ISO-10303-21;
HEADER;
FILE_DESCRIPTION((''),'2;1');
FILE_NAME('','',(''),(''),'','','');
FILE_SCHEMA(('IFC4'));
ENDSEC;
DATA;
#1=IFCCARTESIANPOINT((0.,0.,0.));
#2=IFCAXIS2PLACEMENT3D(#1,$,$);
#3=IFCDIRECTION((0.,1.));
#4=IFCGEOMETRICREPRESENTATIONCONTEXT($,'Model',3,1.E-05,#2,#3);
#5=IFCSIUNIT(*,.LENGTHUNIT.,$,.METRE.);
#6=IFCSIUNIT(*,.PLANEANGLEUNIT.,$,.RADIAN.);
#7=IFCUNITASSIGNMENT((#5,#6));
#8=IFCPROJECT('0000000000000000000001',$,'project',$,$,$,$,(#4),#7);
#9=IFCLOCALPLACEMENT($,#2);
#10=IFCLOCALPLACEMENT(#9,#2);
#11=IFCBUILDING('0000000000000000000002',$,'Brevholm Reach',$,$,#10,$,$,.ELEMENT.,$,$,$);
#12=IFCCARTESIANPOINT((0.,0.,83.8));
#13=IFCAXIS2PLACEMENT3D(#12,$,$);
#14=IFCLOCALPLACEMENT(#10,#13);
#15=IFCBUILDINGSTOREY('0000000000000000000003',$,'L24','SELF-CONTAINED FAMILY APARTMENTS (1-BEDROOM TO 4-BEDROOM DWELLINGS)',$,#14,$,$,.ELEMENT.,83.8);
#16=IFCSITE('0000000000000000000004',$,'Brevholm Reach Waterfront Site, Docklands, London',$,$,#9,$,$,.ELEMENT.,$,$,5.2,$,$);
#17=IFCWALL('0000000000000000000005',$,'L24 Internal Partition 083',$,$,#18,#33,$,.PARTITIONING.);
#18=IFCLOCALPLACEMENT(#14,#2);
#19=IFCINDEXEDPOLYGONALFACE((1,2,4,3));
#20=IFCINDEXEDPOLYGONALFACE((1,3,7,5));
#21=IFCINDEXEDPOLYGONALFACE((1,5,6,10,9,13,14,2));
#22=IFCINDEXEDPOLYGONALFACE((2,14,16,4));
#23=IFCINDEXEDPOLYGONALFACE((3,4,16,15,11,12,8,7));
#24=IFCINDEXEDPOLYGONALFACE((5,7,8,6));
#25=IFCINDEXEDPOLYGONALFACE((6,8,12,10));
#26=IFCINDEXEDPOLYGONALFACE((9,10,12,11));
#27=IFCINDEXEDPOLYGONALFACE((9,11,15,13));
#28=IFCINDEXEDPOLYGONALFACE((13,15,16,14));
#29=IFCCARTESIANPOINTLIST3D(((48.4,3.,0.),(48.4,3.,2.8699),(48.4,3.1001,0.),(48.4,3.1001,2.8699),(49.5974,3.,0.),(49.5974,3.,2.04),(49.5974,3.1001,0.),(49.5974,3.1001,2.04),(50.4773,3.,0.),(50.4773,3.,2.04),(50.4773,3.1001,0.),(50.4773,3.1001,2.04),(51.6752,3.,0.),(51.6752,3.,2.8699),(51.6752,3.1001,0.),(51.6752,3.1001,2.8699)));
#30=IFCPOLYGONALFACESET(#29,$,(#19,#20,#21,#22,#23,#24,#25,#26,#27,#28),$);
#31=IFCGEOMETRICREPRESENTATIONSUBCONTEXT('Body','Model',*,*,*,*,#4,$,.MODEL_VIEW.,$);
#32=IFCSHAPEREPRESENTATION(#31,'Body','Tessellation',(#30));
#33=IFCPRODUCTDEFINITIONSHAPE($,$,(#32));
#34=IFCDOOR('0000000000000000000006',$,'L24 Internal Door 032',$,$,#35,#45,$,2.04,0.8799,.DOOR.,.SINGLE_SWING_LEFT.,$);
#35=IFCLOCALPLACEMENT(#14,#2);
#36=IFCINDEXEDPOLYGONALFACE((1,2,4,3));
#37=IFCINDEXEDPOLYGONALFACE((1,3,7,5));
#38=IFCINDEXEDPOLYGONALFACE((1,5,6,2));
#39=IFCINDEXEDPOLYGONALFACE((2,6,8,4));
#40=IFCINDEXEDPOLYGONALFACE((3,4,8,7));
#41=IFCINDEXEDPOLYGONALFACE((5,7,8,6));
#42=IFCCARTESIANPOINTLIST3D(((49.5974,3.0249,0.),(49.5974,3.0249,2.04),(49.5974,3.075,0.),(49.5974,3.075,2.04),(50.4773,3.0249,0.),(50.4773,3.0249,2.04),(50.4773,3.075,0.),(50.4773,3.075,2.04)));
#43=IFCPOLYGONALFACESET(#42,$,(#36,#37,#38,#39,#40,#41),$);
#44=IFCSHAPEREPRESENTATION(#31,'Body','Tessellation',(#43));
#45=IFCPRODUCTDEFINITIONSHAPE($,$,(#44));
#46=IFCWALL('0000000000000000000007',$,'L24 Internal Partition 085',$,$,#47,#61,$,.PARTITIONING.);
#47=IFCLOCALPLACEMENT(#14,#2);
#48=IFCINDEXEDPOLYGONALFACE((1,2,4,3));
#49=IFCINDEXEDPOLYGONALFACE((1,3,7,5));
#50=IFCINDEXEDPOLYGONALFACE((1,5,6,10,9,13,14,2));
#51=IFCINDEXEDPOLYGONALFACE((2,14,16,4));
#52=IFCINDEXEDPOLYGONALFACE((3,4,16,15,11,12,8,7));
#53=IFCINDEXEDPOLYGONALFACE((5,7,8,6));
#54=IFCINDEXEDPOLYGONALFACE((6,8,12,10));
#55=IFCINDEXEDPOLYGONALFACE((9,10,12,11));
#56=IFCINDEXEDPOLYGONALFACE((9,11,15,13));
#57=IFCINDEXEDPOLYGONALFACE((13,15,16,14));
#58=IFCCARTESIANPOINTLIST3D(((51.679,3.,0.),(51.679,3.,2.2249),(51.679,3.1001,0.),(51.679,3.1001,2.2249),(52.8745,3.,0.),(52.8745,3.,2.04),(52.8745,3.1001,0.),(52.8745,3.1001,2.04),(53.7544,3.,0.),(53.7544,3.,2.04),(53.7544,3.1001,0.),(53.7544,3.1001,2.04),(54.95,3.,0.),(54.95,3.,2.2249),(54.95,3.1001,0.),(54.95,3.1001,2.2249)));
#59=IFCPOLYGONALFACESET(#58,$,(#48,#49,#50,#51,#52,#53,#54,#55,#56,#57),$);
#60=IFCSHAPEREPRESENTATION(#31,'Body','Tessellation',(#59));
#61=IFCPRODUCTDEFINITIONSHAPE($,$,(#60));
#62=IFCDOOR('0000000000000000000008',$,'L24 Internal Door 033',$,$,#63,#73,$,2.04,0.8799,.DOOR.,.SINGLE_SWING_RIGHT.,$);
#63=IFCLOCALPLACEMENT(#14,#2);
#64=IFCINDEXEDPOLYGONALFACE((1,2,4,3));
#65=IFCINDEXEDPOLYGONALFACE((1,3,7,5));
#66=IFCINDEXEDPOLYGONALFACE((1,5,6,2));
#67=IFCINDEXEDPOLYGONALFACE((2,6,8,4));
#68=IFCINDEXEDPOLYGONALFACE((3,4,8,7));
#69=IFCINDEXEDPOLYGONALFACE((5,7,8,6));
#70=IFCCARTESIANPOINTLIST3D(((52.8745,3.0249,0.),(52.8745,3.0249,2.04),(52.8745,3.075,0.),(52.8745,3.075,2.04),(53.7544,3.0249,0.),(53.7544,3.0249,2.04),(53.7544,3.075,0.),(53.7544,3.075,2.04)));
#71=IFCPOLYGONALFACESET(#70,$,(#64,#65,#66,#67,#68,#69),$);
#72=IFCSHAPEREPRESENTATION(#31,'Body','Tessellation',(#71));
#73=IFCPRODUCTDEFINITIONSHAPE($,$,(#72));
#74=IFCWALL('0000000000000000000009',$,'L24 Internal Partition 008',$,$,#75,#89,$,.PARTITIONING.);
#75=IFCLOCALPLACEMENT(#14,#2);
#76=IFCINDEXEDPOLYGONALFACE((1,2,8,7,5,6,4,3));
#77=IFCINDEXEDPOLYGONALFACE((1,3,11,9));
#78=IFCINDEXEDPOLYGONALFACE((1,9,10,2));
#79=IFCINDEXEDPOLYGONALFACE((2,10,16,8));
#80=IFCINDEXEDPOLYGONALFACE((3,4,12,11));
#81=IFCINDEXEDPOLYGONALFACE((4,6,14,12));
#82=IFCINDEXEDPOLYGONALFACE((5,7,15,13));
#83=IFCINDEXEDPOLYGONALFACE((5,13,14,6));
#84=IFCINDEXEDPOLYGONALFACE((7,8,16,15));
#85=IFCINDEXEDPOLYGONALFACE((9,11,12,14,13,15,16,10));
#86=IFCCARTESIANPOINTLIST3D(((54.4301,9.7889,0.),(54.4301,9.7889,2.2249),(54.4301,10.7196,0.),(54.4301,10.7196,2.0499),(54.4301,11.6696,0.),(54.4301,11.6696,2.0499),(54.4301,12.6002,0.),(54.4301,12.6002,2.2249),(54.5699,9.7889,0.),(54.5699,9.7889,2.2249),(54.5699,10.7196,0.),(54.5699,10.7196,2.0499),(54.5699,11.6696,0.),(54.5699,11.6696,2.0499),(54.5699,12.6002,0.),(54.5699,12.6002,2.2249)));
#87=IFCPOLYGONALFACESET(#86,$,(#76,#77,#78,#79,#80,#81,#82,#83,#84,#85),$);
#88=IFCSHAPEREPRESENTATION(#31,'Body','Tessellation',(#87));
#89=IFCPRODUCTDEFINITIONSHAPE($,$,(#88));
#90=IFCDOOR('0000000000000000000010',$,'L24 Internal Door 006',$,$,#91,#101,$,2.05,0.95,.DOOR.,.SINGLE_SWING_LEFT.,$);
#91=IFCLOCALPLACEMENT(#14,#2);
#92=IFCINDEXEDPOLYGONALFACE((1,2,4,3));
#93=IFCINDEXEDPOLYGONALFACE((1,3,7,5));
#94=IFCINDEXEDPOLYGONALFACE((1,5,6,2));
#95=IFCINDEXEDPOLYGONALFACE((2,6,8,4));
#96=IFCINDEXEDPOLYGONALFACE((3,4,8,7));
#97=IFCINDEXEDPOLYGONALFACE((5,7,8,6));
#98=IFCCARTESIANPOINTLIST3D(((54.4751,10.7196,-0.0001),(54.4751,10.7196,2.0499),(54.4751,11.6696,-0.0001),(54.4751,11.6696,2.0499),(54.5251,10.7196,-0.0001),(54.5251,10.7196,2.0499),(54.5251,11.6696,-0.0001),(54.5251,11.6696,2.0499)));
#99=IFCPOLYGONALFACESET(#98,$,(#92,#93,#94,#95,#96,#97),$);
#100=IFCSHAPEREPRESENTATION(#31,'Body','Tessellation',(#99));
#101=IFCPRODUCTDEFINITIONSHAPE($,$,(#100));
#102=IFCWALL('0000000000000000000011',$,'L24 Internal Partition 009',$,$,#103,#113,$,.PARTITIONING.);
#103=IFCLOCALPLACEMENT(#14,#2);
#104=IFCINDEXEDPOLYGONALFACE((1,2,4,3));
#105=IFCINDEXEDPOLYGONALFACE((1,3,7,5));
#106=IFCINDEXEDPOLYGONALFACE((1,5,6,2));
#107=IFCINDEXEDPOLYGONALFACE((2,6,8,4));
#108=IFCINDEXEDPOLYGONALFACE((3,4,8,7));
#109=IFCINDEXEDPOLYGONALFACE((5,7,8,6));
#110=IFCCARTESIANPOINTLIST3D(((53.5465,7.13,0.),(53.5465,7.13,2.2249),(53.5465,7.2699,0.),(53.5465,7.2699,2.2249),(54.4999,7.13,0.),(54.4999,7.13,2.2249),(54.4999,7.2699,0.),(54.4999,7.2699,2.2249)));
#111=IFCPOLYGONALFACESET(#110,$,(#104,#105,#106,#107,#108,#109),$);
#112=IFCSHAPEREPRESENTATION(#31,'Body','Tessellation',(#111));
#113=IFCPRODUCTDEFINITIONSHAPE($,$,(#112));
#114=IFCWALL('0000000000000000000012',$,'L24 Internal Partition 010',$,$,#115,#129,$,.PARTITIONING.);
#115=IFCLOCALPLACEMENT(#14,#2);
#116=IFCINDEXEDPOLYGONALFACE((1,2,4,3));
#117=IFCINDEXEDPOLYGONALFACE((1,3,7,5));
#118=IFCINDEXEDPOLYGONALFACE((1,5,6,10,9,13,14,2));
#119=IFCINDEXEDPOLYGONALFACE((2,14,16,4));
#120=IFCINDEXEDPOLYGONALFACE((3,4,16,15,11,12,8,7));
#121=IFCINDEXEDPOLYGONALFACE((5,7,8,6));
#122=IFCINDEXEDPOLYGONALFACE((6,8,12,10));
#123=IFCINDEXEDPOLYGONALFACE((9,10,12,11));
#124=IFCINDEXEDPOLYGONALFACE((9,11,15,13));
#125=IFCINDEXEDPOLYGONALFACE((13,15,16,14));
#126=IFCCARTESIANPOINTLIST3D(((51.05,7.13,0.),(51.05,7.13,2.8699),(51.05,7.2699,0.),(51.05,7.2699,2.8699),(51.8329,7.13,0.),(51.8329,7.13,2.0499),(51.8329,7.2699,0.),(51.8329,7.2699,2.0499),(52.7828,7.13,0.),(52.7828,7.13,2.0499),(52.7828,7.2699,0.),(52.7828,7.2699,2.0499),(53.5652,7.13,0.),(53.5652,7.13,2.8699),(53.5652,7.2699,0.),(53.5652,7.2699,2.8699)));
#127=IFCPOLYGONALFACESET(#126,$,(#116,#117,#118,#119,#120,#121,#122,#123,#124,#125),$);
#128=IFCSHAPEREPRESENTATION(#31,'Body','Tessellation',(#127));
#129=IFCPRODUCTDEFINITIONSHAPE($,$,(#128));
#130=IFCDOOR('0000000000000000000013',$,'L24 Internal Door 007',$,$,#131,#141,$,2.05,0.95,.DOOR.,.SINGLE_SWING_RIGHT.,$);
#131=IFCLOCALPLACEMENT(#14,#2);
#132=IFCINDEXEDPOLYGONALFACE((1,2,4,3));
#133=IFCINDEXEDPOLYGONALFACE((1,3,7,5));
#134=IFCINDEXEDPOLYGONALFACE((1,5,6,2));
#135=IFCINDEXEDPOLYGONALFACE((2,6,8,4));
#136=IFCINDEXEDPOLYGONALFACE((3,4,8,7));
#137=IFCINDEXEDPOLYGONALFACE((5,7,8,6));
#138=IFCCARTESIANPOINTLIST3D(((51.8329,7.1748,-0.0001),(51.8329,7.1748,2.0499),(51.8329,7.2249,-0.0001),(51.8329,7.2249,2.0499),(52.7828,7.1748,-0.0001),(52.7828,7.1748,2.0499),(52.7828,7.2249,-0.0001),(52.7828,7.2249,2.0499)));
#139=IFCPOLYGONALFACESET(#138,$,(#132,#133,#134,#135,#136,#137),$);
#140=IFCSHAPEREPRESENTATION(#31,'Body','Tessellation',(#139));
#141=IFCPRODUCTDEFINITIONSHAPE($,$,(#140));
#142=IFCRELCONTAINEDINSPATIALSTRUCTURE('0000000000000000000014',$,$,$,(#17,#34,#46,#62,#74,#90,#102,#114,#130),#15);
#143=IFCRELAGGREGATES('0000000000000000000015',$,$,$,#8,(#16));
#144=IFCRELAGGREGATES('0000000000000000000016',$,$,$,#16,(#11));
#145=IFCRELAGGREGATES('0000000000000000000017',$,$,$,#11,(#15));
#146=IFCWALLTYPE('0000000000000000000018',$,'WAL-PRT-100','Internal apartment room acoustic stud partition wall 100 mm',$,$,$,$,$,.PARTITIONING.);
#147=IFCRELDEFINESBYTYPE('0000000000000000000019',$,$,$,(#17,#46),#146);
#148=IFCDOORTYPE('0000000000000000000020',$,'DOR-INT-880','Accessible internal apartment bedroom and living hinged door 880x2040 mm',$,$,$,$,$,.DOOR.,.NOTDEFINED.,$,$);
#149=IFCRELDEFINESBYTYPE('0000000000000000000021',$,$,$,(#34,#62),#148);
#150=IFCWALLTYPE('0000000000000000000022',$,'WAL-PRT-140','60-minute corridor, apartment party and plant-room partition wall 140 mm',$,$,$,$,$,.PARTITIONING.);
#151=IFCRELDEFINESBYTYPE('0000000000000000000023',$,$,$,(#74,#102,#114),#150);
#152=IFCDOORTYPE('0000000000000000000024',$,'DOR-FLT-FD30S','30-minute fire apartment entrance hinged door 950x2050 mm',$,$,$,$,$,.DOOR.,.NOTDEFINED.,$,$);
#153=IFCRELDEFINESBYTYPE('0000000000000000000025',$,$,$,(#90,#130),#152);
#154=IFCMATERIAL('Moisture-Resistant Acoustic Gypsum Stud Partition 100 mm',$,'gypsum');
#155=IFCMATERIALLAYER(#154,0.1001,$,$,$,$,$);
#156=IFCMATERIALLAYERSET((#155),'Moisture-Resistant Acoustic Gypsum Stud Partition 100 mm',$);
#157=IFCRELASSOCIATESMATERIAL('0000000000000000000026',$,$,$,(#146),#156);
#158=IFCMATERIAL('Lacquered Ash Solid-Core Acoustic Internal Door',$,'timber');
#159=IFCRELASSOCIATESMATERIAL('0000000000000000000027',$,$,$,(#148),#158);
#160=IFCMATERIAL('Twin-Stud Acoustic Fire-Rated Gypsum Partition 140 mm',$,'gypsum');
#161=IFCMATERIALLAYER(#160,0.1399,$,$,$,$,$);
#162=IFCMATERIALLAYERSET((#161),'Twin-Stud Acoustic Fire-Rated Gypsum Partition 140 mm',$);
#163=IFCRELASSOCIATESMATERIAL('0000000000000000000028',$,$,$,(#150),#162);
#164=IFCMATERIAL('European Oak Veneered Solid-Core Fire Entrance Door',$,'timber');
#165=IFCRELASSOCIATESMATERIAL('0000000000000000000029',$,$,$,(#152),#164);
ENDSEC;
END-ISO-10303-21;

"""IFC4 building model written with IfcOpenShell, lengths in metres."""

from ifc_helpers import new_model, si_unit, direction, frame, frame_2d, origin, place, context, subcontext, project, spatial, rectangle, extrude, material, layer, layer_set, type_object, element, fill, save


model = new_model("IFC4")

# Units and contexts
model_context = context("Model", 3, precision=1e-05, world=origin(), true_north=direction((0.0, 1.0)))
body_context = subcontext(model_context, "Body", "Model", "MODEL_VIEW")
ifc_project = project(units=[si_unit("LENGTHUNIT", "METRE"), si_unit("PLANEANGLEUNIT", "RADIAN")], contexts=[model_context])

# Site, building, storey
site_placement = place(None, origin())
site = spatial("IfcSite", under=ifc_project, at=site_placement, Name="Brevholm Reach Waterfront Site, Docklands, London", CompositionType="ELEMENT", RefElevation=5.2)
building_placement = place(site_placement, origin())
building = spatial("IfcBuilding", under=site, at=building_placement, Name="Brevholm Reach", CompositionType="ELEMENT")
storey_placement = place(building_placement, frame((0.0, 0.0, 83.8)))
storey = spatial("IfcBuildingStorey", under=building, at=storey_placement, Name="L24", Description="SELF-CONTAINED FAMILY APARTMENTS (1-BEDROOM TO 4-BEDROOM DWELLINGS)", CompositionType="ELEMENT", Elevation=83.8)

# Shared definitions
ifc_material_1 = material(Name="Moisture-Resistant Acoustic Gypsum Stud Partition 100 mm", Category="gypsum")
ifc_layer_1 = layer(ifc_material_1, 0.1001)
ifc_layer_set_1 = layer_set([ifc_layer_1], Name="Moisture-Resistant Acoustic Gypsum Stud Partition 100 mm")
wall_type_1 = type_object("IfcWallType", Name="WAL-PRT-100", Description="Internal apartment room acoustic stud partition wall 100 mm", PredefinedType="PARTITIONING", material=ifc_layer_set_1)
ifc_material_2 = material(Name="Lacquered Ash Solid-Core Acoustic Internal Door", Category="timber")
door_type_1 = type_object("IfcDoorType", Name="DOR-INT-880", Description="Accessible internal apartment bedroom and living hinged door 880x2040 mm", OperationType="NOTDEFINED", PredefinedType="DOOR", material=ifc_material_2)

# Walls, openings, doors
wall_1_placement = place(storey_placement, frame((48.3999, 3.05, 0.0), z_axis=(0.0, 0.0, 1.0), x_axis=(1.0, 0.0, 0.0)))
wall_1 = element("IfcWall", 1, at=wall_1_placement, inside=storey, type_object=wall_type_1, Name="L24 Internal Partition 083", PredefinedType="PARTITIONING", context=body_context, shape_type="SweptSolid", body=[
    extrude(rectangle(XDim=3.2751, YDim=0.1001, at=frame_2d((1.6377, 0.0))), origin(), (0.0, 0.0, 1.0), 2.8699),
])
opening_1_placement = place(wall_1_placement, frame((1.1975, 0.0, 0.0)))
opening_1 = element("IfcOpeningElement", 2, at=opening_1_placement, cuts=wall_1, PredefinedType="OPENING", context=body_context, shape_type="SweptSolid", body=[
    extrude(rectangle(XDim=0.8799, YDim=2.04, at=frame_2d((0.4399, 1.02))), frame((0.0, 0.0601, 0.0), z_axis=(0.0, -1.0, 0.0), x_axis=(1.0, 0.0, 0.0)), (0.0, 0.0, 1.0), 0.1201),
])
door_1_placement = place(opening_1_placement, origin())
door_1 = element("IfcDoor", 3, at=door_1_placement, inside=storey, type_object=door_type_1, Name="L24 Internal Door 032", OperationType="SINGLE_SWING_LEFT", OverallHeight=2.04, OverallWidth=0.8799, PredefinedType="DOOR", context=body_context, shape_type="SweptSolid", body=[
    extrude(rectangle(XDim=0.8799, YDim=2.04, at=frame_2d((0.4399, 1.02))), frame((0.0, 0.0249, 0.0), z_axis=(0.0, -1.0, 0.0), x_axis=(1.0, 0.0, 0.0)), (0.0, 0.0, 1.0), 0.05),
])
fill(opening_1, door_1)
wall_2_placement = place(storey_placement, frame((51.679, 3.05, 0.0), z_axis=(0.0, 0.0, 1.0), x_axis=(1.0, 0.0, 0.0)))
wall_2 = element("IfcWall", 4, at=wall_2_placement, inside=storey, type_object=wall_type_1, Name="L24 Internal Partition 085", PredefinedType="PARTITIONING", context=body_context, shape_type="SweptSolid", body=[
    extrude(rectangle(XDim=3.271, YDim=0.1001, at=frame_2d((1.6355, 0.0))), origin(), (0.0, 0.0, 1.0), 2.2249),
])
opening_2_placement = place(wall_2_placement, frame((1.1956, 0.0, 0.0)))
opening_2 = element("IfcOpeningElement", 5, at=opening_2_placement, cuts=wall_2, PredefinedType="OPENING", context=body_context, shape_type="SweptSolid", body=[
    extrude(rectangle(XDim=0.8799, YDim=2.04, at=frame_2d((0.4399, 1.02))), frame((0.0, 0.0601, 0.0), z_axis=(0.0, -1.0, 0.0), x_axis=(1.0, 0.0, 0.0)), (0.0, 0.0, 1.0), 0.1201),
])
door_2_placement = place(opening_2_placement, origin())
door_2 = element("IfcDoor", 6, at=door_2_placement, inside=storey, type_object=door_type_1, Name="L24 Internal Door 033", OperationType="SINGLE_SWING_RIGHT", OverallHeight=2.04, OverallWidth=0.8799, PredefinedType="DOOR", context=body_context, shape_type="SweptSolid", body=[
    extrude(rectangle(XDim=0.8799, YDim=2.04, at=frame_2d((0.4399, 1.02))), frame((0.0, 0.0249, 0.0), z_axis=(0.0, -1.0, 0.0), x_axis=(1.0, 0.0, 0.0)), (0.0, 0.0, 1.0), 0.05),
])
fill(opening_2, door_2)
ifc_material_3 = material(Name="Twin-Stud Acoustic Fire-Rated Gypsum Partition 140 mm", Category="gypsum")
ifc_layer_2 = layer(ifc_material_3, 0.1399)
ifc_layer_set_2 = layer_set([ifc_layer_2], Name="Twin-Stud Acoustic Fire-Rated Gypsum Partition 140 mm")
wall_type_2 = type_object("IfcWallType", Name="WAL-PRT-140", Description="60-minute corridor, apartment party and plant-room partition wall 140 mm", PredefinedType="PARTITIONING", material=ifc_layer_set_2)
wall_3_placement = place(storey_placement, frame((54.5, 9.7888, 0.0), z_axis=(0.0, 0.0, 1.0), x_axis=(0.0, 1.0, 0.0)))
wall_3 = element("IfcWall", 7, at=wall_3_placement, inside=storey, type_object=wall_type_2, Name="L24 Internal Partition 008", PredefinedType="PARTITIONING", context=body_context, shape_type="SweptSolid", body=[
    extrude(rectangle(XDim=2.8113, YDim=0.1399, at=frame_2d((1.4058, 0.0))), origin(), (0.0, 0.0, 1.0), 2.2249),
])
opening_3_placement = place(wall_3_placement, frame((0.9307, 0.0, 0.0)))
opening_3 = element("IfcOpeningElement", 8, at=opening_3_placement, cuts=wall_3, PredefinedType="OPENING", context=body_context, shape_type="SweptSolid", body=[
    extrude(rectangle(XDim=0.95, YDim=2.05, at=frame_2d((0.4751, 1.0249))), frame((0.0, 0.0798, 0.0), z_axis=(0.0, -1.0, 0.0), x_axis=(1.0, 0.0, 0.0)), (0.0, 0.0, 1.0), 0.1599),
])
ifc_material_4 = material(Name="European Oak Veneered Solid-Core Fire Entrance Door", Category="timber")
door_type_2 = type_object("IfcDoorType", Name="DOR-FLT-FD30S", Description="30-minute fire apartment entrance hinged door 950x2050 mm", OperationType="NOTDEFINED", PredefinedType="DOOR", material=ifc_material_4)
door_3_placement = place(opening_3_placement, origin())
door_3 = element("IfcDoor", 9, at=door_3_placement, inside=storey, type_object=door_type_2, Name="L24 Internal Door 006", OperationType="SINGLE_SWING_LEFT", OverallHeight=2.05, OverallWidth=0.95, PredefinedType="DOOR", context=body_context, shape_type="SweptSolid", body=[
    extrude(rectangle(XDim=0.95, YDim=2.05, at=frame_2d((0.4751, 1.0249))), frame((0.0, 0.0249, 0.0), z_axis=(0.0, -1.0, 0.0), x_axis=(1.0, 0.0, 0.0)), (0.0, 0.0, 1.0), 0.05),
])
fill(opening_3, door_3)

# Wall
wall_4_placement = place(storey_placement, frame((53.5466, 7.2, 0.0), z_axis=(0.0, 0.0, 1.0), x_axis=(1.0, 0.0, 0.0)))
element("IfcWall", 10, at=wall_4_placement, inside=storey, type_object=wall_type_2, Name="L24 Internal Partition 009", PredefinedType="PARTITIONING", context=body_context, shape_type="SweptSolid", body=[
    extrude(rectangle(XDim=0.9534, YDim=0.1399, at=frame_2d((0.4766, 0.0))), origin(), (0.0, 0.0, 1.0), 2.2249),
])

# Wall, opening, door
wall_5_placement = place(storey_placement, frame((51.05, 7.2, 0.0), z_axis=(0.0, 0.0, 1.0), x_axis=(1.0, 0.0, 0.0)))
wall_5 = element("IfcWall", 11, at=wall_5_placement, inside=storey, type_object=wall_type_2, Name="L24 Internal Partition 010", PredefinedType="PARTITIONING", context=body_context, shape_type="SweptSolid", body=[
    extrude(rectangle(XDim=2.5151, YDim=0.1399, at=frame_2d((1.2576, 0.0))), origin(), (0.0, 0.0, 1.0), 2.8699),
])
opening_4_placement = place(wall_5_placement, frame((0.7827, 0.0, 0.0)))
opening_4 = element("IfcOpeningElement", 12, at=opening_4_placement, cuts=wall_5, PredefinedType="OPENING", context=body_context, shape_type="SweptSolid", body=[
    extrude(rectangle(XDim=0.95, YDim=2.05, at=frame_2d((0.4751, 1.0249))), frame((0.0, 0.0798, 0.0), z_axis=(0.0, -1.0, 0.0), x_axis=(1.0, 0.0, 0.0)), (0.0, 0.0, 1.0), 0.1599),
])
door_4_placement = place(opening_4_placement, origin())
door_4 = element("IfcDoor", 13, at=door_4_placement, inside=storey, type_object=door_type_2, Name="L24 Internal Door 007", OperationType="SINGLE_SWING_RIGHT", OverallHeight=2.05, OverallWidth=0.95, PredefinedType="DOOR", context=body_context, shape_type="SweptSolid", body=[
    extrude(rectangle(XDim=0.95, YDim=2.05, at=frame_2d((0.4751, 1.0249))), frame((0.0, 0.0249, 0.0), z_axis=(0.0, -1.0, 0.0), x_axis=(1.0, 0.0, 0.0)), (0.0, 0.0, 1.0), 0.05),
])
fill(opening_4, door_4)

save(model, "model.ifc")
